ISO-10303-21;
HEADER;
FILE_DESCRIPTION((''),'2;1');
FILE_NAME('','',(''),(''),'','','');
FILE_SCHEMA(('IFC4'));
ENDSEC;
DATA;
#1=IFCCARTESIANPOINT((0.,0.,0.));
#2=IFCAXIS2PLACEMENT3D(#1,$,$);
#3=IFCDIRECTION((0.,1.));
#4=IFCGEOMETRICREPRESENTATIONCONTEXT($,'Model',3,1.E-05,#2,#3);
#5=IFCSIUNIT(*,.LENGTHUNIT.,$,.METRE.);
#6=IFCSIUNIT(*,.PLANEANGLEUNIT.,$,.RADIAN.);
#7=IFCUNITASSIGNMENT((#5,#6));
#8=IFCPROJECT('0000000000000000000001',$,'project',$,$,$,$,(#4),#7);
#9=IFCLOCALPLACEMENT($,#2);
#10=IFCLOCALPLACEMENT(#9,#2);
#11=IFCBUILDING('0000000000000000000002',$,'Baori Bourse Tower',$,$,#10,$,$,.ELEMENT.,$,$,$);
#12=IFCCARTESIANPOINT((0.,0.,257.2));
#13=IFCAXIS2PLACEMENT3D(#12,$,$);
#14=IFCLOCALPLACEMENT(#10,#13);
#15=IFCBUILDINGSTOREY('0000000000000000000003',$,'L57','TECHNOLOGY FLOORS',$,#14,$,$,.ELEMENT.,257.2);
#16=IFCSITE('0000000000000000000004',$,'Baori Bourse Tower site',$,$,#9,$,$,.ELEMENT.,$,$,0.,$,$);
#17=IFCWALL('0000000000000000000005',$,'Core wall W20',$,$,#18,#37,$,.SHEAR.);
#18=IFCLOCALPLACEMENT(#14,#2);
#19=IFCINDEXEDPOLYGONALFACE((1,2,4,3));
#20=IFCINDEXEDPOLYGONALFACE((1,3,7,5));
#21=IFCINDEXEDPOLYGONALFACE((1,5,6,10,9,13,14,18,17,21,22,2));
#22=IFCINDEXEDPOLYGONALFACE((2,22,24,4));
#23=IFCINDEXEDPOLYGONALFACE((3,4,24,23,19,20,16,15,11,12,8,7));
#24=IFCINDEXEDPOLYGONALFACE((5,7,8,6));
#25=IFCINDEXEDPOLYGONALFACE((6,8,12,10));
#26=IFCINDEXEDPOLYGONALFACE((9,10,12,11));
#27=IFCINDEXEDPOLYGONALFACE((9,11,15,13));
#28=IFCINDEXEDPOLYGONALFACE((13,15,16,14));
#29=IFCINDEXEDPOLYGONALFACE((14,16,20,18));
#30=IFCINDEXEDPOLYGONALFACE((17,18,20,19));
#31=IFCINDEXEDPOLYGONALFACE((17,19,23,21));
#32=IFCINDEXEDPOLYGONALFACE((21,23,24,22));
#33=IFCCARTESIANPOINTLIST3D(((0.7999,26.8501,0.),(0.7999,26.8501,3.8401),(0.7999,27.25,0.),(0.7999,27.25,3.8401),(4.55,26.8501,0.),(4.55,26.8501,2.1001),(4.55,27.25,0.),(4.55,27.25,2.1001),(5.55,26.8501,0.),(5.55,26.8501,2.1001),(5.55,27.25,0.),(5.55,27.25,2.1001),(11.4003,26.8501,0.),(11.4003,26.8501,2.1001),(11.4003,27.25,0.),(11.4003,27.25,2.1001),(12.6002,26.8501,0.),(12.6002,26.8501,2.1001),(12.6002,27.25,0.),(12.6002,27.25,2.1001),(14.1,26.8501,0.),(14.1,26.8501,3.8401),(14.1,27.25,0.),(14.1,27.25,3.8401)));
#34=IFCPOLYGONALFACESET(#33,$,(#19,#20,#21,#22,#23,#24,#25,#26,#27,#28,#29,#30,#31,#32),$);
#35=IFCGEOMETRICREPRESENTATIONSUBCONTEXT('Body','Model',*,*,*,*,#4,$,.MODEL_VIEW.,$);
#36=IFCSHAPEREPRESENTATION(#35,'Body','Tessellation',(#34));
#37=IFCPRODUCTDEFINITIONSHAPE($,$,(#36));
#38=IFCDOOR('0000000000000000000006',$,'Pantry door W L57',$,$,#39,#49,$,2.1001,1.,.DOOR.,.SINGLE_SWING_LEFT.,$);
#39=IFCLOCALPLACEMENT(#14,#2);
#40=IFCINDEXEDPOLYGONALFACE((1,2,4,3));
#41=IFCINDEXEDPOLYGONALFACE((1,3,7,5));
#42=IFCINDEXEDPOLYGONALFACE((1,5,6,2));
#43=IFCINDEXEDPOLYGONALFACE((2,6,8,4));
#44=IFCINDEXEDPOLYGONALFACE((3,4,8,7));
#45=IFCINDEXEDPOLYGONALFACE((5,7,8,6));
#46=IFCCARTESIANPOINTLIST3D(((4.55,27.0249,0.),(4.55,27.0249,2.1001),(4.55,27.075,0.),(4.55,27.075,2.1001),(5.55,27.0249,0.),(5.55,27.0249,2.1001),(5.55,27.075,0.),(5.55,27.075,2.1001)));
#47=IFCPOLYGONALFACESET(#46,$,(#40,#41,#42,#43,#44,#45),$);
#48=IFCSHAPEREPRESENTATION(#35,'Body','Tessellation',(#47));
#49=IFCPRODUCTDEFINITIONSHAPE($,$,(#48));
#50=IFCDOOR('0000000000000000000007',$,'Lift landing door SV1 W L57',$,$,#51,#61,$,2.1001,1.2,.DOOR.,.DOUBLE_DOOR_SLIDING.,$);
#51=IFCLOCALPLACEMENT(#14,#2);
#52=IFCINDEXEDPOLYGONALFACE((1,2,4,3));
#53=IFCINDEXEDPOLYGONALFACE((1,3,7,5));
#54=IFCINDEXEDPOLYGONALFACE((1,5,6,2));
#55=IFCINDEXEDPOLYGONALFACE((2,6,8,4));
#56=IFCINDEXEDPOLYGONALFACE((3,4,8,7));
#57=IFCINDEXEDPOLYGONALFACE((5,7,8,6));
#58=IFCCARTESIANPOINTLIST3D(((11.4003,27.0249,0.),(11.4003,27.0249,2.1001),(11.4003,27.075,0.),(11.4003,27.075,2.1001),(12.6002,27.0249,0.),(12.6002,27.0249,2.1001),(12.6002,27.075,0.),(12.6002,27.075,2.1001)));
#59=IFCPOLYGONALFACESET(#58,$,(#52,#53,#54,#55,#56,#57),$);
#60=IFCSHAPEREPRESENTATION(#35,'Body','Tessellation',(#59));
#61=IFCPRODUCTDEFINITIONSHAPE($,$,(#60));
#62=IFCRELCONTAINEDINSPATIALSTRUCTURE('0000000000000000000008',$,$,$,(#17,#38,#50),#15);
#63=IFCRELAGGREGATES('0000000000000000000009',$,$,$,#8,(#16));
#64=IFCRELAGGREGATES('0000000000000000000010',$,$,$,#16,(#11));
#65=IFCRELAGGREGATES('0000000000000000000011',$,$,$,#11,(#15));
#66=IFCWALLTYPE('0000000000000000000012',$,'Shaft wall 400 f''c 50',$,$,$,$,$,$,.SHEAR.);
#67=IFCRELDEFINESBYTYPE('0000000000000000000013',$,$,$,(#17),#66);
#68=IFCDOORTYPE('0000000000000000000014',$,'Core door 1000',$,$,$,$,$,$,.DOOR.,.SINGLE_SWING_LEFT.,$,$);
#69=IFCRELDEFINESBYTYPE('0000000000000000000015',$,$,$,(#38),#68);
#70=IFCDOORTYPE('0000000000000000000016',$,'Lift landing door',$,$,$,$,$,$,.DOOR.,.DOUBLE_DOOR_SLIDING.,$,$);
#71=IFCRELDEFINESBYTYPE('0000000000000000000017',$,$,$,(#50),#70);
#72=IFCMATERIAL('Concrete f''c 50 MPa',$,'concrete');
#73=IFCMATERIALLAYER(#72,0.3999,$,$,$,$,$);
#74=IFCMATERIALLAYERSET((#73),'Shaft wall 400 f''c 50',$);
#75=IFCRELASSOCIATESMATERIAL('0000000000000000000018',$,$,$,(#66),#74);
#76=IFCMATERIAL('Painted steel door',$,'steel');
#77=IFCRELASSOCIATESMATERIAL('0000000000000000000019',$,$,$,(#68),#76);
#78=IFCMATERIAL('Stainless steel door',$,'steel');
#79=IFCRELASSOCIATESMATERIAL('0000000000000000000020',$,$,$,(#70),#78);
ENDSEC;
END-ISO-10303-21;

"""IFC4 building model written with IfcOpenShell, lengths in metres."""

from ifc_helpers import new_model, si_unit, direction, frame, frame_2d, origin, place, context, subcontext, project, spatial, rectangle, extrude, material, layer, layer_set, type_object, element, fill, save


model = new_model("IFC4")

# Units and contexts
model_context = context("Model", 3, precision=1e-05, world=origin(), true_north=direction((0.0, 1.0)))
body_context = subcontext(model_context, "Body", "Model", "MODEL_VIEW")
ifc_project = project(units=[si_unit("LENGTHUNIT", "METRE"), si_unit("PLANEANGLEUNIT", "RADIAN")], contexts=[model_context])

# Site, building, storey
site_placement = place(None, origin())
site = spatial("IfcSite", under=ifc_project, at=site_placement, Name="Baori Bourse Tower site", CompositionType="ELEMENT", RefElevation=0.0)
building_placement = place(site_placement, origin())
building = spatial("IfcBuilding", under=site, at=building_placement, Name="Baori Bourse Tower", CompositionType="ELEMENT")
storey_placement = place(building_placement, frame((0.0, 0.0, 257.2)))
storey = spatial("IfcBuildingStorey", under=building, at=storey_placement, Name="L57", Description="TECHNOLOGY FLOORS", CompositionType="ELEMENT", Elevation=257.2)

# Wall, openings, doors
ifc_material_1 = material(Name="Concrete f'c 50 MPa", Category="concrete")
ifc_layer_1 = layer(ifc_material_1, 0.3999)
ifc_layer_set_1 = layer_set([ifc_layer_1], Name="Shaft wall 400 f'c 50")
wall_type_1 = type_object("IfcWallType", Name="Shaft wall 400 f'c 50", PredefinedType="SHEAR", material=ifc_layer_set_1)
wall_1_placement = place(storey_placement, frame((0.8, 27.05, 0.0), z_axis=(0.0, 0.0, 1.0), x_axis=(1.0, 0.0, 0.0)))
wall_1 = element("IfcWall", 1, at=wall_1_placement, inside=storey, type_object=wall_type_1, Name="Core wall W20", PredefinedType="SHEAR", context=body_context, shape_type="SweptSolid", body=[
    extrude(rectangle(XDim=13.3, YDim=0.3999, at=frame_2d((6.6499, 0.0))), origin(), (0.0, 0.0, 1.0), 3.8401),
])
opening_1_placement = place(wall_1_placement, frame((3.75, 0.0, 0.0)))
opening_1 = element("IfcOpeningElement", 2, at=opening_1_placement, cuts=wall_1, PredefinedType="OPENING", context=body_context, shape_type="SweptSolid", body=[
    extrude(rectangle(XDim=1.0, YDim=2.1001, at=frame_2d((0.5, 1.05))), frame((0.0, 0.21, 0.0), z_axis=(0.0, -1.0, 0.0), x_axis=(1.0, 0.0, 0.0)), (0.0, 0.0, 1.0), 0.4199),
])
opening_2_placement = place(wall_1_placement, frame((10.6001, 0.0, 0.0)))
opening_2 = element("IfcOpeningElement", 3, at=opening_2_placement, cuts=wall_1, PredefinedType="OPENING", context=body_context, shape_type="SweptSolid", body=[
    extrude(rectangle(XDim=1.2, YDim=2.1001, at=frame_2d((0.6001, 1.05))), frame((0.0, 0.21, 0.0), z_axis=(0.0, -1.0, 0.0), x_axis=(1.0, 0.0, 0.0)), (0.0, 0.0, 1.0), 0.4199),
])
ifc_material_2 = material(Name="Painted steel door", Category="steel")
door_type_1 = type_object("IfcDoorType", Name="Core door 1000", OperationType="SINGLE_SWING_LEFT", PredefinedType="DOOR", material=ifc_material_2)
door_1_placement = place(opening_1_placement, origin())
door_1 = element("IfcDoor", 4, at=door_1_placement, inside=storey, type_object=door_type_1, Name="Pantry door W L57", OperationType="SINGLE_SWING_LEFT", OverallHeight=2.1001, OverallWidth=1.0, PredefinedType="DOOR", context=body_context, shape_type="SweptSolid", body=[
    extrude(rectangle(XDim=1.0, YDim=2.1001, at=frame_2d((0.5, 1.05))), frame((0.0, 0.0249, 0.0), z_axis=(0.0, -1.0, 0.0), x_axis=(1.0, 0.0, 0.0)), (0.0, 0.0, 1.0), 0.05),
])
fill(opening_1, door_1)
ifc_material_3 = material(Name="Stainless steel door", Category="steel")
door_type_2 = type_object("IfcDoorType", Name="Lift landing door", OperationType="DOUBLE_DOOR_SLIDING", PredefinedType="DOOR", material=ifc_material_3)
door_2_placement = place(opening_2_placement, origin())
door_2 = element("IfcDoor", 5, at=door_2_placement, inside=storey, type_object=door_type_2, Name="Lift landing door SV1 W L57", OperationType="DOUBLE_DOOR_SLIDING", OverallHeight=2.1001, OverallWidth=1.2, PredefinedType="DOOR", context=body_context, shape_type="SweptSolid", body=[
    extrude(rectangle(XDim=1.2, YDim=2.1001, at=frame_2d((0.6001, 1.05))), frame((0.0, 0.0249, 0.0), z_axis=(0.0, -1.0, 0.0), x_axis=(1.0, 0.0, 0.0)), (0.0, 0.0, 1.0), 0.05),
])
fill(opening_2, door_2)

save(model, "model.ifc")
